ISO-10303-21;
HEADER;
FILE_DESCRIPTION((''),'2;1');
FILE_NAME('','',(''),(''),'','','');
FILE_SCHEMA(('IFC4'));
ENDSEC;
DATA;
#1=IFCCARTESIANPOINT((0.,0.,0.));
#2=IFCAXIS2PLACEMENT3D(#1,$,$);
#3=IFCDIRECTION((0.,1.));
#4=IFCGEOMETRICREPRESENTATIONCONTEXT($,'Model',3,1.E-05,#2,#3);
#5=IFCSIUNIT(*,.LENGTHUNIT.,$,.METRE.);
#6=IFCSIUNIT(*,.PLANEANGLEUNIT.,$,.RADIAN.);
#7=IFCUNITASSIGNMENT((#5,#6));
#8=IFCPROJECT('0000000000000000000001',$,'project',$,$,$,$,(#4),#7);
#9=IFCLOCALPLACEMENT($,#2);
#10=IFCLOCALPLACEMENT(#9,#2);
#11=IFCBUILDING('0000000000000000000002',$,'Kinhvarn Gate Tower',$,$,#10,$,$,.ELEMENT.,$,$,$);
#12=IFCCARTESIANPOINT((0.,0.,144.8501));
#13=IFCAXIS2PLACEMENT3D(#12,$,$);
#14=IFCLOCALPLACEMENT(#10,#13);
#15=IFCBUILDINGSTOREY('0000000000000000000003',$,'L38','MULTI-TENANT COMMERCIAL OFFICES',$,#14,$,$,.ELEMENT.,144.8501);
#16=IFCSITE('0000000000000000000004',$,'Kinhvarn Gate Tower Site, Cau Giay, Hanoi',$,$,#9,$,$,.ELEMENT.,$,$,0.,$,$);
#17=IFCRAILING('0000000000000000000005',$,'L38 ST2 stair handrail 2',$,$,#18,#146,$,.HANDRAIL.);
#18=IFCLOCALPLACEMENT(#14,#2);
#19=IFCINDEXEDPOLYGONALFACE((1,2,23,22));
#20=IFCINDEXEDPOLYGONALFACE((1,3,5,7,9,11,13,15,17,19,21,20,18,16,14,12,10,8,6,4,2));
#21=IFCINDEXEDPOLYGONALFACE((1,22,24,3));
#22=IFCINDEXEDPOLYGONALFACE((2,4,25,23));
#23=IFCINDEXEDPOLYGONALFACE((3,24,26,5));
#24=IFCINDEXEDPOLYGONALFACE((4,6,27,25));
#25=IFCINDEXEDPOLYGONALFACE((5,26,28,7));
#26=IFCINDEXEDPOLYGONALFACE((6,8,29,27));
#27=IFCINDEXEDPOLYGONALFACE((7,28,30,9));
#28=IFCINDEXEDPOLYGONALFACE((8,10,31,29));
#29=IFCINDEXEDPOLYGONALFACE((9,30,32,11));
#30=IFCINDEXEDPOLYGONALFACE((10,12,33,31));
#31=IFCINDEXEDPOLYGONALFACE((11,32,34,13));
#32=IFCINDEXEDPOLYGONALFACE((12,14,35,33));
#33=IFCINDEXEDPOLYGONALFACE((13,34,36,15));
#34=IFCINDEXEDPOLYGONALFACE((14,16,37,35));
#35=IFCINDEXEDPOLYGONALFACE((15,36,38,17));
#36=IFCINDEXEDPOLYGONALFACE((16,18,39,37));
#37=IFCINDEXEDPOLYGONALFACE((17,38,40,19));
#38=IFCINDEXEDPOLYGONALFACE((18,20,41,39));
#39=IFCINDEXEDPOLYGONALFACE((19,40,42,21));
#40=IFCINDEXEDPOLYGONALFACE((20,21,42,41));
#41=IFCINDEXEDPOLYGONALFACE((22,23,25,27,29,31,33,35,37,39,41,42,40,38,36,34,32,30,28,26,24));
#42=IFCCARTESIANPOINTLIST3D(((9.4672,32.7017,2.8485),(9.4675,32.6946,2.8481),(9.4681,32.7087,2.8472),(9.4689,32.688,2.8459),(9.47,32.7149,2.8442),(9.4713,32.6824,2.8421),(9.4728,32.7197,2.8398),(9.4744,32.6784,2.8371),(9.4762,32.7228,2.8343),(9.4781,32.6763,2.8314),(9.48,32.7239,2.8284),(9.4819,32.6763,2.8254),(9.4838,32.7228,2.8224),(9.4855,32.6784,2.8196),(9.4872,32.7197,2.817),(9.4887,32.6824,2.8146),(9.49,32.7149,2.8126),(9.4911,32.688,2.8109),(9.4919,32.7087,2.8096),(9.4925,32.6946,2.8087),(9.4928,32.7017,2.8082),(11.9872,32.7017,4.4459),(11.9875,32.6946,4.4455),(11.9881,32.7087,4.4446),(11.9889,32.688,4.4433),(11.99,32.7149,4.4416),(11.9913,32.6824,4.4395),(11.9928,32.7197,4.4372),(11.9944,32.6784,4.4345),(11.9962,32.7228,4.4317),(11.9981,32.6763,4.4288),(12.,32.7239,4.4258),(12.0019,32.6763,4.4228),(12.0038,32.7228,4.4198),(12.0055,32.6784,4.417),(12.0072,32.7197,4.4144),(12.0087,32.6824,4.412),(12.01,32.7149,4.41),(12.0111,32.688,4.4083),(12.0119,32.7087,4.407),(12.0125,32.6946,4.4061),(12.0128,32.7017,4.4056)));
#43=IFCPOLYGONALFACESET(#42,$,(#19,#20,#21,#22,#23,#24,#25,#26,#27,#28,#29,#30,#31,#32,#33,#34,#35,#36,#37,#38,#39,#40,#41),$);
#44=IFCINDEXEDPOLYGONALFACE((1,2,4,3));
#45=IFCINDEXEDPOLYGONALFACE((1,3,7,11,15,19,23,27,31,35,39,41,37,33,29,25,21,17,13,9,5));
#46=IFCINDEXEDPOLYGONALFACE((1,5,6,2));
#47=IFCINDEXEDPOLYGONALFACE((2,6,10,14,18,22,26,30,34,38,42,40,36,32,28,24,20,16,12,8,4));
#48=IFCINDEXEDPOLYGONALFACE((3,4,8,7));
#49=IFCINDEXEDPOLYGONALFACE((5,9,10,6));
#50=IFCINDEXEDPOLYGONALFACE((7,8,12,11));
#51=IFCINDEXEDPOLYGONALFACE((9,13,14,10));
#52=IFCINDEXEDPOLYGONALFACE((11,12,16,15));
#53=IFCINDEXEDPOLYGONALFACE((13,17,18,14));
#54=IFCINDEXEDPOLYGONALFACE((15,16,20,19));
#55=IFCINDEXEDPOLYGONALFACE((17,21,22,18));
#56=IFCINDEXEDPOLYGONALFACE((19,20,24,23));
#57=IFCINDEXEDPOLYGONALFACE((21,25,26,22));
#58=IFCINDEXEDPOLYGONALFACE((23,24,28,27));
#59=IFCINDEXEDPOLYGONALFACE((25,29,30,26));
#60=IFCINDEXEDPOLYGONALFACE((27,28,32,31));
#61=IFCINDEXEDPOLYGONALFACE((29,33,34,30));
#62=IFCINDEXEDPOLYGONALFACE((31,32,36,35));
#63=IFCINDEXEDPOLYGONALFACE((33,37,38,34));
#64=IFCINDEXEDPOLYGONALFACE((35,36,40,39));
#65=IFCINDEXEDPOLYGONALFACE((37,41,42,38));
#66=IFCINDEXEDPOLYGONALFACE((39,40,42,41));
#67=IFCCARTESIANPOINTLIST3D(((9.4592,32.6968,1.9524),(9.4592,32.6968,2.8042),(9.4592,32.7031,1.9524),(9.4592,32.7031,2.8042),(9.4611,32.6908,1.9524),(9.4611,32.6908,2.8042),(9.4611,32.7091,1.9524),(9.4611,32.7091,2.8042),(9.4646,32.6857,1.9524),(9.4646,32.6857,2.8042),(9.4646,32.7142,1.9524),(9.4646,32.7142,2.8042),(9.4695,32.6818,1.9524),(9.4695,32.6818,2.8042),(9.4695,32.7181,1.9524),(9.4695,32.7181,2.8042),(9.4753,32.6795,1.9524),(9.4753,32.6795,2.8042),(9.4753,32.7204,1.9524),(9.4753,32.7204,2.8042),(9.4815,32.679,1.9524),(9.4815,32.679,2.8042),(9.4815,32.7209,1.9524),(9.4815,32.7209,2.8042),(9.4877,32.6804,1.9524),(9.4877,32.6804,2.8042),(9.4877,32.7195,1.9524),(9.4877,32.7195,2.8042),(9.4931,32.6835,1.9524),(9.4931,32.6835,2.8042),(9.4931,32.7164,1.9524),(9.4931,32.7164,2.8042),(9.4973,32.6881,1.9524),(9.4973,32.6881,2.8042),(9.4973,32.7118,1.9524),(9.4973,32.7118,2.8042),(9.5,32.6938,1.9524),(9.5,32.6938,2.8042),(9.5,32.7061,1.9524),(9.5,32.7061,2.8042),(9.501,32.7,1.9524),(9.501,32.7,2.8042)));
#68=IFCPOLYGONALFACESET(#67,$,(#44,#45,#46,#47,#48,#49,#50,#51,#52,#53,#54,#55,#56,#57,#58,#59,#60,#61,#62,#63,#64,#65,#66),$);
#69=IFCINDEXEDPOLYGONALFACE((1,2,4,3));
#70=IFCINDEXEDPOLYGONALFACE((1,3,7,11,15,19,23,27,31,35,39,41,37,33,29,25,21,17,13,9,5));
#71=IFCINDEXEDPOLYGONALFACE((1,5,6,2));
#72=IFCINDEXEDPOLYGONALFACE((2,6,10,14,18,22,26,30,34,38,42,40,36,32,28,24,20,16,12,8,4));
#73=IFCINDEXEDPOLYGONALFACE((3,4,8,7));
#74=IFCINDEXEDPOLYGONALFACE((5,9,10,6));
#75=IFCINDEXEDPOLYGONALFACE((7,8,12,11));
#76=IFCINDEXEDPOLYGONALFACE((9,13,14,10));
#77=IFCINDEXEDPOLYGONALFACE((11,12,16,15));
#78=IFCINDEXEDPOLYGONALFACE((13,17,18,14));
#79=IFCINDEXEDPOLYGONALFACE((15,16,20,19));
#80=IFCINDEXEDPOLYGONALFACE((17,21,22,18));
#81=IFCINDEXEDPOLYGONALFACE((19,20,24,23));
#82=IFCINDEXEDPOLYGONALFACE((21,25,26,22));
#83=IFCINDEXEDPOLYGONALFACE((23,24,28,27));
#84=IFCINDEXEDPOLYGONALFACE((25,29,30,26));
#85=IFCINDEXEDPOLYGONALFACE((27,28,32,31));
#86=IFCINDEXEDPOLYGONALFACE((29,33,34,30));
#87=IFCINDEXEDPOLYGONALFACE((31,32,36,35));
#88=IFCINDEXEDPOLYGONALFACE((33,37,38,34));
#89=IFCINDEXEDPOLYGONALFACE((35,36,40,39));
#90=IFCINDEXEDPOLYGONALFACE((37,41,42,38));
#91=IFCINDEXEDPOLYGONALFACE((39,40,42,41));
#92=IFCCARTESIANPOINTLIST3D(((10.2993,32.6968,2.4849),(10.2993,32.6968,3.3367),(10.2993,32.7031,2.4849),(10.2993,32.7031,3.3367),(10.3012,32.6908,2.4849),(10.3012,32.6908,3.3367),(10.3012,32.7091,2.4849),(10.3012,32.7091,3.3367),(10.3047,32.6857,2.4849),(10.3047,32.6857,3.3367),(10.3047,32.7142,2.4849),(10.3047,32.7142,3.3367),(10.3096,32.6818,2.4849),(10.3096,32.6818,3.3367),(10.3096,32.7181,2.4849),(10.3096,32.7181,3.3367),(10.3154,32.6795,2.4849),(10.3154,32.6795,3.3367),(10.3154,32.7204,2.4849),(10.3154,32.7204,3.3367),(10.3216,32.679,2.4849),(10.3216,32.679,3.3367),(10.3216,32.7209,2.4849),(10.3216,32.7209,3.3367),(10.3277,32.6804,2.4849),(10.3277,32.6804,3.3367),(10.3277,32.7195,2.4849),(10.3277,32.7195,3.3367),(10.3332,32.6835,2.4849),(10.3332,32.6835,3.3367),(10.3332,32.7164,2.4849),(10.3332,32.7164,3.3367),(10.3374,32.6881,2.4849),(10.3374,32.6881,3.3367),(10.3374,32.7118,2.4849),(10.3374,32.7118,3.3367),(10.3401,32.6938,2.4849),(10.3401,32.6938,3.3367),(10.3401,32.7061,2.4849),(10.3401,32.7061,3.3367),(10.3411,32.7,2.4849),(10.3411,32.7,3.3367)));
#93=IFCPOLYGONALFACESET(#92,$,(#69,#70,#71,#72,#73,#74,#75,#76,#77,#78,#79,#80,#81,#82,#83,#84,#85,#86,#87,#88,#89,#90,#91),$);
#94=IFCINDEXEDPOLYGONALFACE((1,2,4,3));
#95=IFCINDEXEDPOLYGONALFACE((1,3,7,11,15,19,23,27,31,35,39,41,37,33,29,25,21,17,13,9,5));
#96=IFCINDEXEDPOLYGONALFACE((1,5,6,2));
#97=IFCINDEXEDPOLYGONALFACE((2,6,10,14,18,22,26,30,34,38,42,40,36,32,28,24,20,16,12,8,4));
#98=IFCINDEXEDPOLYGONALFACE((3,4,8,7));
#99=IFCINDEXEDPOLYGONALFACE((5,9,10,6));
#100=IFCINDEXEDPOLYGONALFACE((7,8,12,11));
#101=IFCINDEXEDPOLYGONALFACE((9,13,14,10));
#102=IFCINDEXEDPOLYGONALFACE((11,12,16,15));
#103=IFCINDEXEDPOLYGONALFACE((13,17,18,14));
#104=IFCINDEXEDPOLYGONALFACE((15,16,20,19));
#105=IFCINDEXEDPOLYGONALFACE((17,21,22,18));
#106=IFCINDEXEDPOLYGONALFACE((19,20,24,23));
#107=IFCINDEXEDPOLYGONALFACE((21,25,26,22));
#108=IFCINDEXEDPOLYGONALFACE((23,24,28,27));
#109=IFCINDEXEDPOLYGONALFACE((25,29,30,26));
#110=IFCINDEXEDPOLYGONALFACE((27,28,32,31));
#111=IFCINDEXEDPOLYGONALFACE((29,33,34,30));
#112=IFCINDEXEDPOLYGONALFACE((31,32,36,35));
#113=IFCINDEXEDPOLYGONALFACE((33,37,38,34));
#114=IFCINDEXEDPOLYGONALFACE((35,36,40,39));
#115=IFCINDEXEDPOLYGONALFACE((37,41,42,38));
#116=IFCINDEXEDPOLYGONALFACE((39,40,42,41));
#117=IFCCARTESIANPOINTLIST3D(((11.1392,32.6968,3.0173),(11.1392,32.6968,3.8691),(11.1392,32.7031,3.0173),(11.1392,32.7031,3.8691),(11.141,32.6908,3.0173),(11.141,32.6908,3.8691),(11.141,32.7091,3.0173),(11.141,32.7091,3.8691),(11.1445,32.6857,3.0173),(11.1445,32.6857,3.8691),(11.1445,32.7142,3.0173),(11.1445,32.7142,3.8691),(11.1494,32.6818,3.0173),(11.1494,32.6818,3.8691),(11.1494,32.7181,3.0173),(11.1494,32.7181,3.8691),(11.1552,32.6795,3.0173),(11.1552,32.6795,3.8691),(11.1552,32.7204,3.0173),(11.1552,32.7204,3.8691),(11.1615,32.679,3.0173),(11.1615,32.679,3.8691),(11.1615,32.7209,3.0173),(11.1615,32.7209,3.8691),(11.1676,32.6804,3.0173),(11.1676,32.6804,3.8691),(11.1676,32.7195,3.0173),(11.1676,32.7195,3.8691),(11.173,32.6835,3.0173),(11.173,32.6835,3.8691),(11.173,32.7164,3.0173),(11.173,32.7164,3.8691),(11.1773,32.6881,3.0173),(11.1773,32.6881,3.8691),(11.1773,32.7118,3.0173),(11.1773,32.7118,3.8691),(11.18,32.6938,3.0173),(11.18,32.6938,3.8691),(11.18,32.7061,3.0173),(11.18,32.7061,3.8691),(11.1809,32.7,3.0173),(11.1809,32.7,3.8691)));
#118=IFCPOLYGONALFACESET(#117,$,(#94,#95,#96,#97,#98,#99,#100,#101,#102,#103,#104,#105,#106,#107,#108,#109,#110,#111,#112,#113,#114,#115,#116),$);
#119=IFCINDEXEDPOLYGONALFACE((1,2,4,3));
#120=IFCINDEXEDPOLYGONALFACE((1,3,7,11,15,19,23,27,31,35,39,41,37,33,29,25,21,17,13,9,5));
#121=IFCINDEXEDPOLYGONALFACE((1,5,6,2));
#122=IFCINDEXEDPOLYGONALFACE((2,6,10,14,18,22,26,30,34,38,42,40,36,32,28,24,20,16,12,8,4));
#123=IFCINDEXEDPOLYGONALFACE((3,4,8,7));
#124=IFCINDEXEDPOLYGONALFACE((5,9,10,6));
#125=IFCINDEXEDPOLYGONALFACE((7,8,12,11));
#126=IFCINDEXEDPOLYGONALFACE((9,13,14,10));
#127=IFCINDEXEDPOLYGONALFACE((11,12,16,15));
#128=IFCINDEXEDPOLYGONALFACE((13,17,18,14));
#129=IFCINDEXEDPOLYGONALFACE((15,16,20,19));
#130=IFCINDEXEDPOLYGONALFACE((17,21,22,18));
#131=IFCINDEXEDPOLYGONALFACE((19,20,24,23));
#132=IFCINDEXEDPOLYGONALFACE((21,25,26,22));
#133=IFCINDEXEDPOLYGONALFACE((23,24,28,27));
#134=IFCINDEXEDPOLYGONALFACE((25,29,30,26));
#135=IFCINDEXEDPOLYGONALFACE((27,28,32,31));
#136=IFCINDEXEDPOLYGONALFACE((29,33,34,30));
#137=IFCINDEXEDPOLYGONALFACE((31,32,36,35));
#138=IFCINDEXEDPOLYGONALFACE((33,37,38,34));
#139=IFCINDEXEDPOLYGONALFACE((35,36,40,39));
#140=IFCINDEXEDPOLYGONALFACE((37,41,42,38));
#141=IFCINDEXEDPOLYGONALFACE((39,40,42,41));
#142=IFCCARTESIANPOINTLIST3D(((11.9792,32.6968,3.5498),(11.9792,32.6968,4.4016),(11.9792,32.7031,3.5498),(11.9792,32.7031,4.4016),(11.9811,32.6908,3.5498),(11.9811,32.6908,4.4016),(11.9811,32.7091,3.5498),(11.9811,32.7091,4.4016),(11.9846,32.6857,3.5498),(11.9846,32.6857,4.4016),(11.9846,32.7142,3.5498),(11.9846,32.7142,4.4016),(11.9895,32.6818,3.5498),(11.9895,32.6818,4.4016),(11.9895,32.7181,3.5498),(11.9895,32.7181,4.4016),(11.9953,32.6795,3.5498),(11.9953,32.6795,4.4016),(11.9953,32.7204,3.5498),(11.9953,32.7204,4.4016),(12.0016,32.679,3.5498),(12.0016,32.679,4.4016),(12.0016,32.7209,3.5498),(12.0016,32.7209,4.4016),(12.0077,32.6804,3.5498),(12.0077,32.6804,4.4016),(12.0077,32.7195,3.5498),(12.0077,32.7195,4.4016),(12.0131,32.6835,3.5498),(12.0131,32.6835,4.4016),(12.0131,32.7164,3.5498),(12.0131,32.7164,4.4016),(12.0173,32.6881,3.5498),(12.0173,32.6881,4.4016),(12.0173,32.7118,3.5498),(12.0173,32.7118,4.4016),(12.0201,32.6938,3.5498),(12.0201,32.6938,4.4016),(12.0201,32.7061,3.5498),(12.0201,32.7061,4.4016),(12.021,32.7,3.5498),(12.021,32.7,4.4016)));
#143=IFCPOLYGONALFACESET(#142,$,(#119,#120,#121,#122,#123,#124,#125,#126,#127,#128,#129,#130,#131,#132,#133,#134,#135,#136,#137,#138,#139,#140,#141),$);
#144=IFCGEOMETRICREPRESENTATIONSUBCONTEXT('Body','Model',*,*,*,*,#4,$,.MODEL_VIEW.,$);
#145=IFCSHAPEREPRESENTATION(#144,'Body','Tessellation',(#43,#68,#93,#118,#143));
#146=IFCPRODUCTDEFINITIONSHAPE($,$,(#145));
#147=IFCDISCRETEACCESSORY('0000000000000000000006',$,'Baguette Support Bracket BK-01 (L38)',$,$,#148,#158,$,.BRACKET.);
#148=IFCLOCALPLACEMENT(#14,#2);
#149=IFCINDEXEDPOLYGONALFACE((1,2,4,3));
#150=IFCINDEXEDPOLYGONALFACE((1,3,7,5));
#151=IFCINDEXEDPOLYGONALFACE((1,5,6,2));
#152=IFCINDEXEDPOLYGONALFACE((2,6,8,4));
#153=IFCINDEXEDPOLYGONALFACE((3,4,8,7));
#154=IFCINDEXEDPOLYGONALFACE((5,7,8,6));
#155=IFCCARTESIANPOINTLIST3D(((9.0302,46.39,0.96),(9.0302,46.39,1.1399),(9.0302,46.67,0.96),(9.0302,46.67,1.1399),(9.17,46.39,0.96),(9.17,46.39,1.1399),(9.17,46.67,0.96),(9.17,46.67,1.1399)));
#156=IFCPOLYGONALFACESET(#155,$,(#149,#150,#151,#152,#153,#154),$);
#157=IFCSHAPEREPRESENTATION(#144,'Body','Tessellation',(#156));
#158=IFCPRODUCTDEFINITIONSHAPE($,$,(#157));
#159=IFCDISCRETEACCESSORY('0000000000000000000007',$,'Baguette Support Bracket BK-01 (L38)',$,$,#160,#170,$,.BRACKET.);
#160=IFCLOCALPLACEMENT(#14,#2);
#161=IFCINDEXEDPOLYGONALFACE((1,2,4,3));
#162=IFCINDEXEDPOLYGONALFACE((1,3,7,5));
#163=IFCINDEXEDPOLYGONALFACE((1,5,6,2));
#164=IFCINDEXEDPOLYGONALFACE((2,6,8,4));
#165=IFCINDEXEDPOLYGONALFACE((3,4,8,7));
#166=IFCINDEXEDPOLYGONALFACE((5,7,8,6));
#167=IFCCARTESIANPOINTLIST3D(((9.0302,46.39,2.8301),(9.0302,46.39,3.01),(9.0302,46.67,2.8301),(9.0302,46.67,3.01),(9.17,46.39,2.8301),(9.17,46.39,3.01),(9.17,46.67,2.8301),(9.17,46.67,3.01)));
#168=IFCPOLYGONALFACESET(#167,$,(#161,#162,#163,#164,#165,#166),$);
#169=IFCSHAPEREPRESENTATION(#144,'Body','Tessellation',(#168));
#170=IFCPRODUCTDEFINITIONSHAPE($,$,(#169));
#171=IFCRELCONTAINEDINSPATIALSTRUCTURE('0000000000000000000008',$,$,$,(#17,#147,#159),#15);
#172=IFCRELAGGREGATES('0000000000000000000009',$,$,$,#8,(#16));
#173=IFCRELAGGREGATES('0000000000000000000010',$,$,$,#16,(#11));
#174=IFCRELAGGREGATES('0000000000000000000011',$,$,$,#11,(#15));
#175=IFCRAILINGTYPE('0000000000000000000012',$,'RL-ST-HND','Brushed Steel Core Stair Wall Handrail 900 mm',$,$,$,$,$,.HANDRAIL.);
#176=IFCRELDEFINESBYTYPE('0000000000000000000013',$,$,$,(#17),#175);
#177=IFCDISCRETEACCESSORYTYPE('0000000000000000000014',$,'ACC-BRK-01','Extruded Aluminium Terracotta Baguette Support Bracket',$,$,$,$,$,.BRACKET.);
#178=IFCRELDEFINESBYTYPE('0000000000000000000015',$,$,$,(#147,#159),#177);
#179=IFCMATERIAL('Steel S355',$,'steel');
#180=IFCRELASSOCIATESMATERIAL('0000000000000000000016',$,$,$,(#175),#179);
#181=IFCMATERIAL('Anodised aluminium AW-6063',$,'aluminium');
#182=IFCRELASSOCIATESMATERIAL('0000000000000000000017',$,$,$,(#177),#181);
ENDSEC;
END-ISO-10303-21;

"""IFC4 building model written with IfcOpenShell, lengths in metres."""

from ifc_helpers import new_model, si_unit, direction, frame, origin, origin_2d, place, context, subcontext, project, spatial, rectangle, circle, extrude, material, type_object, element, save


model = new_model("IFC4")

# Units and contexts
model_context = context("Model", 3, precision=1e-05, world=origin(), true_north=direction((0.0, 1.0)))
body_context = subcontext(model_context, "Body", "Model", "MODEL_VIEW")
ifc_project = project(units=[si_unit("LENGTHUNIT", "METRE"), si_unit("PLANEANGLEUNIT", "RADIAN")], contexts=[model_context])

# Site, building, storey
site_placement = place(None, origin())
site = spatial("IfcSite", under=ifc_project, at=site_placement, Name="Kinhvarn Gate Tower Site, Cau Giay, Hanoi", CompositionType="ELEMENT", RefElevation=0.0)
building_placement = place(site_placement, origin())
building = spatial("IfcBuilding", under=site, at=building_placement, Name="Kinhvarn Gate Tower", CompositionType="ELEMENT")
storey_placement = place(building_placement, frame((0.0, 0.0, 144.8501)))
storey = spatial("IfcBuildingStorey", under=building, at=storey_placement, Name="L38", Description="MULTI-TENANT COMMERCIAL OFFICES", CompositionType="ELEMENT", Elevation=144.8501)

# Shared definitions
ifc_material_1 = material(Name="Anodised aluminium AW-6063", Category="aluminium")

# Shared definitions
ifc_material_2 = material(Name="Steel S355", Category="steel")

# Railing
railing_type_1 = type_object("IfcRailingType", Name="RL-ST-HND", Description="Brushed Steel Core Stair Wall Handrail 900 mm", PredefinedType="HANDRAIL", material=ifc_material_2)
railing_1_placement = place(storey_placement, frame((9.48, 32.7, 1.9524)))
element("IfcRailing", 1, at=railing_1_placement, inside=storey, type_object=railing_type_1, Name="L38 ST2 stair handrail 2", PredefinedType="HANDRAIL", context=body_context, shape_type="SweptSolid", body=[
    extrude(circle(Radius=0.0239, at=origin_2d()), frame((0.0, 0.0, 0.876), z_axis=(0.844607, 0.0, 0.535387), x_axis=(0.0, 1.0, 0.0)), (0.0, 0.0, 1.0), 2.9836),
    extrude(circle(Radius=0.021, at=origin_2d()), origin(), (0.0, 0.0, 1.0), 0.8518),
    extrude(circle(Radius=0.021, at=origin_2d()), frame((0.8401, 0.0, 0.5325)), (0.0, 0.0, 1.0), 0.8518),
    extrude(circle(Radius=0.021, at=origin_2d()), frame((1.6799, 0.0, 1.0649)), (0.0, 0.0, 1.0), 0.8518),
    extrude(circle(Radius=0.021, at=origin_2d()), frame((2.52, 0.0, 1.5974)), (0.0, 0.0, 1.0), 0.8518),
])

# Discrete accessories
discrete_accessory_type = type_object("IfcDiscreteAccessoryType", Name="ACC-BRK-01", Description="Extruded Aluminium Terracotta Baguette Support Bracket", PredefinedType="BRACKET", material=ifc_material_1)
for number, where, z_axis, x_axis, name in (
    (2, (9.1001, 46.53, 0.96), (0.0, 0.0, 1.0), (-1.0, 0.0, 0.0), "Baguette Support Bracket BK-01 (L38)"),
    (3, (9.1001, 46.53, 2.8301), (0.0, 0.0, 1.0), (-1.0, 0.0, 0.0), "Baguette Support Bracket BK-01 (L38)"),
):
    element("IfcDiscreteAccessory", number, at=place(storey_placement, frame(where, z_axis=z_axis, x_axis=x_axis)), inside=storey, type_object=discrete_accessory_type, Name=name, PredefinedType="BRACKET", context=body_context, shape_type="SweptSolid", body=[
        extrude(rectangle(XDim=0.1399, YDim=0.28, at=origin_2d()), origin(), (0.0, 0.0, 1.0), 0.1799),
    ])

save(model, "model.ifc")
